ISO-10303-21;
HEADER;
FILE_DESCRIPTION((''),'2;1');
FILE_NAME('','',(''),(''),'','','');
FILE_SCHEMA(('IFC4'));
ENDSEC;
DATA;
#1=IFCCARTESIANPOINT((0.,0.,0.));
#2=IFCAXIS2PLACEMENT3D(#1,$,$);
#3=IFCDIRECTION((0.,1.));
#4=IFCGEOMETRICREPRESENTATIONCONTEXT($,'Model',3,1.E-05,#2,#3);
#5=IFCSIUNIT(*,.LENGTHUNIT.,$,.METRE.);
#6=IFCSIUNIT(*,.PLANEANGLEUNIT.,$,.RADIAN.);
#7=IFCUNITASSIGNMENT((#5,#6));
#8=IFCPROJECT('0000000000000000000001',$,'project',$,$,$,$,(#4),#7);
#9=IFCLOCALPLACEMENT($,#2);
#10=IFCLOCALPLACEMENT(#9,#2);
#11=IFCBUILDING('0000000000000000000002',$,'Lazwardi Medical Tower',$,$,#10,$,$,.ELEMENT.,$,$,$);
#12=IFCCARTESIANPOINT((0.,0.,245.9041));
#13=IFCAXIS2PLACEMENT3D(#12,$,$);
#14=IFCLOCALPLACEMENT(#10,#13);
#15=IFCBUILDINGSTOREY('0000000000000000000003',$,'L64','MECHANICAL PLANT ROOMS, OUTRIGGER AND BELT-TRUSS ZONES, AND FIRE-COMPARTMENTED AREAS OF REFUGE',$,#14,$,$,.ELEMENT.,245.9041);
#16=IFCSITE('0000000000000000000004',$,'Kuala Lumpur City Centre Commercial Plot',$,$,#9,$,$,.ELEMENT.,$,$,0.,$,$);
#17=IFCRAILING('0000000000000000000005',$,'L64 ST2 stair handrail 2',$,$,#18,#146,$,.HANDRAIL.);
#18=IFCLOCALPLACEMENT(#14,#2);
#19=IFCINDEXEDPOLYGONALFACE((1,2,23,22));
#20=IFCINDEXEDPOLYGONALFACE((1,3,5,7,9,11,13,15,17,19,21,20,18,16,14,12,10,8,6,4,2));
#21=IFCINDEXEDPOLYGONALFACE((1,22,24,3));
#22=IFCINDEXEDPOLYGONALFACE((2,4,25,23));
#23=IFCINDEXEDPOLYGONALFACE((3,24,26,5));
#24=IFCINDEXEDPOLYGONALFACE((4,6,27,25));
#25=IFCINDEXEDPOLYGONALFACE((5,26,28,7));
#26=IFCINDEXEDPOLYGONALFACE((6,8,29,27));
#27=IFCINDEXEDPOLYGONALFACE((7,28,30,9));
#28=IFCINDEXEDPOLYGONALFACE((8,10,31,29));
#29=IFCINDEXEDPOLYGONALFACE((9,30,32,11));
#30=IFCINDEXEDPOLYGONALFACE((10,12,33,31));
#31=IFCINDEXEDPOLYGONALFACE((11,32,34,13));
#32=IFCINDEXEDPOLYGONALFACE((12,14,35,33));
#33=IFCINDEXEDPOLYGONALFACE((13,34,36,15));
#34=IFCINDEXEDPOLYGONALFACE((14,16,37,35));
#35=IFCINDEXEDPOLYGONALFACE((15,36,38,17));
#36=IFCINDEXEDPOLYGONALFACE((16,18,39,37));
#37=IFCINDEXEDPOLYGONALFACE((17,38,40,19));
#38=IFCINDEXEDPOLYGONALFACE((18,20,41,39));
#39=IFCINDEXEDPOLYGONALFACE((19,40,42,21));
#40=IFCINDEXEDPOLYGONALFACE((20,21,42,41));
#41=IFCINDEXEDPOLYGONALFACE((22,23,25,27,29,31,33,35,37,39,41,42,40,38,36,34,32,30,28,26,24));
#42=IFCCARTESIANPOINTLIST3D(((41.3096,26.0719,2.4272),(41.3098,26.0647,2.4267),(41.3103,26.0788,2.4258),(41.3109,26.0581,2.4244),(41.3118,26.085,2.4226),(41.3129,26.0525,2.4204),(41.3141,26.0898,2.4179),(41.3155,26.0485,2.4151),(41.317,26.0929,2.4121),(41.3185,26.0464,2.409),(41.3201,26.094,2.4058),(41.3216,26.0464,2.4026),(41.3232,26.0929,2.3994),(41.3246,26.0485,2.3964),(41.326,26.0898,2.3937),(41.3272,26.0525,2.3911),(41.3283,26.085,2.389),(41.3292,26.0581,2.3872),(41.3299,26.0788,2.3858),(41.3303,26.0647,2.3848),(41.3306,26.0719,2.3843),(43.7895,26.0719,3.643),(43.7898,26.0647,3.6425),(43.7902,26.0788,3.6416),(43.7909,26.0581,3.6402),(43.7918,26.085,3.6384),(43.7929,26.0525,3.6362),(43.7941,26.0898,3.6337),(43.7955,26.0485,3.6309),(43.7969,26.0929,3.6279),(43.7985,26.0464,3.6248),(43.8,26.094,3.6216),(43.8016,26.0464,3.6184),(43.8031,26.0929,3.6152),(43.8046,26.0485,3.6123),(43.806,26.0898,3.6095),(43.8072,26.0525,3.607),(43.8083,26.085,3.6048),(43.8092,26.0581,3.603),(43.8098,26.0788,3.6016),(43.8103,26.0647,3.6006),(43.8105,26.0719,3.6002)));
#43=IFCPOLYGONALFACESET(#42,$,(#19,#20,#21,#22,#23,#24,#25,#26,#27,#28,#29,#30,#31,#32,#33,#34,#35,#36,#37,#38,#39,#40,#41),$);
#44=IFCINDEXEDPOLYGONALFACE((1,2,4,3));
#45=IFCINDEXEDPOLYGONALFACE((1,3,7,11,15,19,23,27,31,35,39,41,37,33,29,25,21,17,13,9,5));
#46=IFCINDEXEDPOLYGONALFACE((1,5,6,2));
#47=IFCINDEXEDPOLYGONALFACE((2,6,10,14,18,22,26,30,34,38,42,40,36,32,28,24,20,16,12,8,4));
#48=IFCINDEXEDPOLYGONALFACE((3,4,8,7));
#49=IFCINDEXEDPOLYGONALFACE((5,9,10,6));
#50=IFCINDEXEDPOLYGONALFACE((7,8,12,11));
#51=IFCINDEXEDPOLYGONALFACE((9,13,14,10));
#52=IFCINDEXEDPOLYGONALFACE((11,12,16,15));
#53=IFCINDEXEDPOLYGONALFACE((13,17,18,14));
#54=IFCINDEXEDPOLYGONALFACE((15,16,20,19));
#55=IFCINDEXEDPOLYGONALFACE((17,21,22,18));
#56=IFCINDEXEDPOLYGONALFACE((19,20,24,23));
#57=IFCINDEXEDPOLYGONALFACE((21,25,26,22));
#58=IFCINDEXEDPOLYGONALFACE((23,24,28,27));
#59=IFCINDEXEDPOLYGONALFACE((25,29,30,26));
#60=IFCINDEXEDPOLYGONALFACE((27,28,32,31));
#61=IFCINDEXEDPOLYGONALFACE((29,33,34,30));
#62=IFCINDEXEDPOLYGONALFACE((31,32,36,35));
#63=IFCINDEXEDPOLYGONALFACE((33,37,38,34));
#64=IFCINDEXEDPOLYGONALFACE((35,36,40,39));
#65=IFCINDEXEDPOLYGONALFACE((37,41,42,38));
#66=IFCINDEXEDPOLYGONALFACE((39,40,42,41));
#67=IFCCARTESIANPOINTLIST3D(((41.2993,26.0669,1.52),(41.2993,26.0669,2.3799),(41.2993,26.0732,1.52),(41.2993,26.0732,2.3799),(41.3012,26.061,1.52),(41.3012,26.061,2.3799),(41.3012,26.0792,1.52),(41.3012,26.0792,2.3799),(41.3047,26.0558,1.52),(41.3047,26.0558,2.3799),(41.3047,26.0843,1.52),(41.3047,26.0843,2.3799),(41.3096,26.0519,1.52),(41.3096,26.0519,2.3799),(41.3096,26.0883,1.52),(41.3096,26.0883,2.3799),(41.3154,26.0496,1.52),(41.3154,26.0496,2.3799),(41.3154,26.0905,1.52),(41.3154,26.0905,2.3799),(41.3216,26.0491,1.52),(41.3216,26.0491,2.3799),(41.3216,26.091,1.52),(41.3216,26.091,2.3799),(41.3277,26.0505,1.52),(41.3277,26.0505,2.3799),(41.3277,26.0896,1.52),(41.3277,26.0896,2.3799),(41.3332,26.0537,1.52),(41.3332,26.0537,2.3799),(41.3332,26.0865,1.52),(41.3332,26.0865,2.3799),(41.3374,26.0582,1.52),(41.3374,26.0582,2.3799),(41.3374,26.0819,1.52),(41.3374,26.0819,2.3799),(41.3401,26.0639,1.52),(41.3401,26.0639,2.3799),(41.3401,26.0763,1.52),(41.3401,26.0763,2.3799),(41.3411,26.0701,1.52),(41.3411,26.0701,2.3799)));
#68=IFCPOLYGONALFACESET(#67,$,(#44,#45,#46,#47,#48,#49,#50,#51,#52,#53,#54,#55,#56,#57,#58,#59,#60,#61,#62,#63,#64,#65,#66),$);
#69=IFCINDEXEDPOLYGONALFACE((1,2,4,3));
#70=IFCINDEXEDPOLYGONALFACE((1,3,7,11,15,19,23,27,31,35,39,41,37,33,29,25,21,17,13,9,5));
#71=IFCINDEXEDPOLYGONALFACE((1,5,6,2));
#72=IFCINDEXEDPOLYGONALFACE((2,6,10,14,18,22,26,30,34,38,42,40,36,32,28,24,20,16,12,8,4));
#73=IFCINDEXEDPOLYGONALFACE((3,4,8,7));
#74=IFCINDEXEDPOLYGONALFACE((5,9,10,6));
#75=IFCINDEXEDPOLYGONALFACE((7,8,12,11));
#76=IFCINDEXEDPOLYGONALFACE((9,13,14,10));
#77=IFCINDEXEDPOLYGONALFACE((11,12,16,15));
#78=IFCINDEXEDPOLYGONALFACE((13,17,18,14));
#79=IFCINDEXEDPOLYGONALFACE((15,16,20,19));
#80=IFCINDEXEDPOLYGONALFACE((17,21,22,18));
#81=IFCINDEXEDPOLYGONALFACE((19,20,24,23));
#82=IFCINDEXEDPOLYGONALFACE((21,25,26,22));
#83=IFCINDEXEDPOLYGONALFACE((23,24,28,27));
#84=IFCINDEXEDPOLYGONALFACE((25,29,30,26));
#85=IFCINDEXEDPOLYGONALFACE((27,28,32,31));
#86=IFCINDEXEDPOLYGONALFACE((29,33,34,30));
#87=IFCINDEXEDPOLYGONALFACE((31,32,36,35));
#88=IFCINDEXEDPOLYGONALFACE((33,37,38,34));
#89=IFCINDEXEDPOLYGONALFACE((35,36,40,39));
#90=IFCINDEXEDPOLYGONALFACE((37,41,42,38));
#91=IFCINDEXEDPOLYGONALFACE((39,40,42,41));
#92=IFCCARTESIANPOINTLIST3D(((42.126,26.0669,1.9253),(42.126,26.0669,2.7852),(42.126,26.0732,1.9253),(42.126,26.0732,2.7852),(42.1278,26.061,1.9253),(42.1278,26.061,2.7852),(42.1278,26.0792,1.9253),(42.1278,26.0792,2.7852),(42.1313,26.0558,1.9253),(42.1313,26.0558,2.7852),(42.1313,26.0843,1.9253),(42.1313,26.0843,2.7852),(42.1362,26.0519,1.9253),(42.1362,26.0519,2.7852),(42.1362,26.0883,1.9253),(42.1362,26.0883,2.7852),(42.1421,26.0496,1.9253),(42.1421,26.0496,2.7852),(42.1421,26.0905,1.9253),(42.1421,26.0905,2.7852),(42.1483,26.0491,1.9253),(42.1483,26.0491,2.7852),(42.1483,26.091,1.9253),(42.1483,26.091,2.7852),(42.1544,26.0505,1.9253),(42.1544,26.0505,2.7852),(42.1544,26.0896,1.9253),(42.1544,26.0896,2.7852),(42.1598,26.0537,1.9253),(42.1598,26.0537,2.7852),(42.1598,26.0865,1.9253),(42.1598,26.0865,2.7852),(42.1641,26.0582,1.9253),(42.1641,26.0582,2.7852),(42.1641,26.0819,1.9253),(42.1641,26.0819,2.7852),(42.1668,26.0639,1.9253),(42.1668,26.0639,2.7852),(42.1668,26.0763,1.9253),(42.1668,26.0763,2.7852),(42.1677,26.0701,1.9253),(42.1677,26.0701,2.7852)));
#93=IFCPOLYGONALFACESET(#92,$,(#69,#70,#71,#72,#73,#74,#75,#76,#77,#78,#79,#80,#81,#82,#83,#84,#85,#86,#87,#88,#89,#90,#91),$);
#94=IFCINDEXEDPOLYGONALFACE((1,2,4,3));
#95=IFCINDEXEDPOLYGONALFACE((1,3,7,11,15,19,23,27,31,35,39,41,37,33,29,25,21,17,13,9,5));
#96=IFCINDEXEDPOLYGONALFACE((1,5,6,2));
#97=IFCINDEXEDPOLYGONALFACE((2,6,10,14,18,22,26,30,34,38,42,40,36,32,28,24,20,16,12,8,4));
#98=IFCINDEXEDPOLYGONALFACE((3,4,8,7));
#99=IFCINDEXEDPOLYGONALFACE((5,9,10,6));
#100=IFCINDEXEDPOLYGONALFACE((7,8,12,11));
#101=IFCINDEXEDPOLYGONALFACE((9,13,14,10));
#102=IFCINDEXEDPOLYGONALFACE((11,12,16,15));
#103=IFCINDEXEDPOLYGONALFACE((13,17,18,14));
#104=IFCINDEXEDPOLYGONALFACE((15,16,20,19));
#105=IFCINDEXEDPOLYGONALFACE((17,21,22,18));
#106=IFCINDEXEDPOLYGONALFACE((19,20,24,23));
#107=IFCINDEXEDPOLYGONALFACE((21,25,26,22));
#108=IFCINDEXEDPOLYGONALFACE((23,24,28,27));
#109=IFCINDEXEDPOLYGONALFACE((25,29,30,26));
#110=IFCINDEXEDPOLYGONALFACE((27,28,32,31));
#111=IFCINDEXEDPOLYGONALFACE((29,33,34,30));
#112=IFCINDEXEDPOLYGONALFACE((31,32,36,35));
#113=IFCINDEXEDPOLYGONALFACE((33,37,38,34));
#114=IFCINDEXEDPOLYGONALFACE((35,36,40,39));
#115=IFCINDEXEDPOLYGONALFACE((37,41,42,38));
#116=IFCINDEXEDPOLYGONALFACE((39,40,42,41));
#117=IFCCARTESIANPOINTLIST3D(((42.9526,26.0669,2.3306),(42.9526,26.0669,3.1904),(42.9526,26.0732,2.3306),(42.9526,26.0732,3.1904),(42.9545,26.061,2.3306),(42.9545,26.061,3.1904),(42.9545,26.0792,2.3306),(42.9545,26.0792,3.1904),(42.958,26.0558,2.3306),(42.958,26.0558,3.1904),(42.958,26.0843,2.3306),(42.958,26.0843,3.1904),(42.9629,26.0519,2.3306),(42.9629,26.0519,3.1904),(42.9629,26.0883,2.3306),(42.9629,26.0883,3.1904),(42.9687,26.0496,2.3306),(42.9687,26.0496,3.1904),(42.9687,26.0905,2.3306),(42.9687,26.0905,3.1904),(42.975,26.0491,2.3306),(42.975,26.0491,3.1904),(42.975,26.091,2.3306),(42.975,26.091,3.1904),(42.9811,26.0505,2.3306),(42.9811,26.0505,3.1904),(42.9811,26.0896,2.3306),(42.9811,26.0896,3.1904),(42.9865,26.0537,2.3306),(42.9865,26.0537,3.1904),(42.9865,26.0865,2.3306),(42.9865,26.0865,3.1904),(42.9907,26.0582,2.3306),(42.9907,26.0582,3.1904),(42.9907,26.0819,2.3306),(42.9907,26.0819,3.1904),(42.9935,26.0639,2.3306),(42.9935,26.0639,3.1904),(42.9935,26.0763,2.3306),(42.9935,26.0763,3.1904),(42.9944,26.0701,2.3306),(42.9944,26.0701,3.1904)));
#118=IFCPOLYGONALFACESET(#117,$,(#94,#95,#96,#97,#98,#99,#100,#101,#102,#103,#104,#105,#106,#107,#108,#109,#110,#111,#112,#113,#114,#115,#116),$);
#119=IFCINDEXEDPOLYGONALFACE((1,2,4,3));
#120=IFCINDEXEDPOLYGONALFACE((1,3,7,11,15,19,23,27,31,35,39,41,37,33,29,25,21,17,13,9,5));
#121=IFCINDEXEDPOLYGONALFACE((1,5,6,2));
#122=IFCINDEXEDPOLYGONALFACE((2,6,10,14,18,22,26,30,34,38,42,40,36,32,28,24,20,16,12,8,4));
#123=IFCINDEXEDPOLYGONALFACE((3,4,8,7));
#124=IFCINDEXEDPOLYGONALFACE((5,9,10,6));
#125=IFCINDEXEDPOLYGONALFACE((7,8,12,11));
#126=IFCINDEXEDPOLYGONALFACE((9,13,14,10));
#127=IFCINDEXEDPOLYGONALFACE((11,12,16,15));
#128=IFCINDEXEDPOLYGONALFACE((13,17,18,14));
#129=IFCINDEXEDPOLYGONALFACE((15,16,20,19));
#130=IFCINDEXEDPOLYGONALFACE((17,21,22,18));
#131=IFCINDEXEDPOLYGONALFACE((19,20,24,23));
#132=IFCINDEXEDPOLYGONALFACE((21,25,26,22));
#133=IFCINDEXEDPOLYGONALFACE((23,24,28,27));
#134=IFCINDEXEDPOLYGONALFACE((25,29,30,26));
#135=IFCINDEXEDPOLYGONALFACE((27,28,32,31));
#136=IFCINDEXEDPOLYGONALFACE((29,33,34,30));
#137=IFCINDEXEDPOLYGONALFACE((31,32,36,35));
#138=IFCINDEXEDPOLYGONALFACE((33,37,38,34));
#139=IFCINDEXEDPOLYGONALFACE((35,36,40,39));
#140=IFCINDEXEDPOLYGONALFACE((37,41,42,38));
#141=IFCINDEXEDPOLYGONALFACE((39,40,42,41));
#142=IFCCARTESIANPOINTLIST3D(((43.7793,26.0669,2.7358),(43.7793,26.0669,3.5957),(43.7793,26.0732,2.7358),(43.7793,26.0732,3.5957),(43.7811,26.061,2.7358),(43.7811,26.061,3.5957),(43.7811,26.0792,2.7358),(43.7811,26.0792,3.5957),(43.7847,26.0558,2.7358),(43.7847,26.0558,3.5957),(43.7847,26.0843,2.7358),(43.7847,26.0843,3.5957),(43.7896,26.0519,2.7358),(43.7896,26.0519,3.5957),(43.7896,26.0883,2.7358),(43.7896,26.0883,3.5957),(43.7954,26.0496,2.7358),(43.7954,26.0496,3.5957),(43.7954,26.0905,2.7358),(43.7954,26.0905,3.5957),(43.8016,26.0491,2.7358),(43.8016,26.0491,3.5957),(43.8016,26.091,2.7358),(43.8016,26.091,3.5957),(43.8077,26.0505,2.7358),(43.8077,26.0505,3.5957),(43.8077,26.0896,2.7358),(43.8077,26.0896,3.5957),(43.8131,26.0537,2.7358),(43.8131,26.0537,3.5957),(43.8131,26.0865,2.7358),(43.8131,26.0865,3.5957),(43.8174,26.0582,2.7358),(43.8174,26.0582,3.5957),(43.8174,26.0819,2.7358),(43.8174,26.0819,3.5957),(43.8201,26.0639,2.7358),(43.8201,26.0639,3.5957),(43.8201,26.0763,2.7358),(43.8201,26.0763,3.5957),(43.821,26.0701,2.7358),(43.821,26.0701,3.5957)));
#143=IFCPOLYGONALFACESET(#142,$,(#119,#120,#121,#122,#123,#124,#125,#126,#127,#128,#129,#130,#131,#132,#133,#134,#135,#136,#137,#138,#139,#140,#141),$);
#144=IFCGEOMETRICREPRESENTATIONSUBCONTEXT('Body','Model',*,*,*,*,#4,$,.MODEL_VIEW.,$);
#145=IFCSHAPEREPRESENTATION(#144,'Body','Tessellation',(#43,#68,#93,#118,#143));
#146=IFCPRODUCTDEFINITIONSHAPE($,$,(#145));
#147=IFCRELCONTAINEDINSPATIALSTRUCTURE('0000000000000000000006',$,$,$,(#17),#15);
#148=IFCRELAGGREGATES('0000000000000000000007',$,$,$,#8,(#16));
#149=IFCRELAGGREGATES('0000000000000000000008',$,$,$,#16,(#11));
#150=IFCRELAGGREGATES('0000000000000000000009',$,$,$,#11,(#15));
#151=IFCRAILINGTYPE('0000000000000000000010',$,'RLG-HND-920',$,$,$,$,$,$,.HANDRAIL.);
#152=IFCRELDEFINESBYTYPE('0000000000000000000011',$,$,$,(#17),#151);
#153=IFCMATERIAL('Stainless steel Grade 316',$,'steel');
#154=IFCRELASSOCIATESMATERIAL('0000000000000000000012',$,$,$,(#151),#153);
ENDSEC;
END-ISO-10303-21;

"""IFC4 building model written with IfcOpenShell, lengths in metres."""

from ifc_helpers import new_model, si_unit, direction, frame, origin, origin_2d, place, context, subcontext, project, spatial, circle, extrude, material, type_object, element, save


model = new_model("IFC4")

# Units and contexts
model_context = context("Model", 3, precision=1e-05, world=origin(), true_north=direction((0.0, 1.0)))
body_context = subcontext(model_context, "Body", "Model", "MODEL_VIEW")
ifc_project = project(units=[si_unit("LENGTHUNIT", "METRE"), si_unit("PLANEANGLEUNIT", "RADIAN")], contexts=[model_context])

# Site, building, storey
site_placement = place(None, origin())
site = spatial("IfcSite", under=ifc_project, at=site_placement, Name="Kuala Lumpur City Centre Commercial Plot", CompositionType="ELEMENT", RefElevation=0.0)
building_placement = place(site_placement, origin())
building = spatial("IfcBuilding", under=site, at=building_placement, Name="Lazwardi Medical Tower", CompositionType="ELEMENT")
storey_placement = place(building_placement, frame((0.0, 0.0, 245.9041)))
storey = spatial("IfcBuildingStorey", under=building, at=storey_placement, Name="L64", Description="MECHANICAL PLANT ROOMS, OUTRIGGER AND BELT-TRUSS ZONES, AND FIRE-COMPARTMENTED AREAS OF REFUGE", CompositionType="ELEMENT", Elevation=245.9041)

# Railing
ifc_material_1 = material(Name="Stainless steel Grade 316", Category="steel")
railing_type_1 = type_object("IfcRailingType", Name="RLG-HND-920", PredefinedType="HANDRAIL", material=ifc_material_1)
railing_1_placement = place(storey_placement, frame((41.3201, 26.0701, 1.52)))
element("IfcRailing", 1, at=railing_1_placement, inside=storey, type_object=railing_type_1, Name="L64 ST2 stair handrail 2", PredefinedType="HANDRAIL", context=body_context, shape_type="SweptSolid", body=[
    extrude(circle(Radius=0.0239, at=origin_2d()), frame((0.0, 0.0, 0.8857), z_axis=(0.8979, 0.0, 0.440199), x_axis=(0.0, 1.0, 0.0)), (0.0, 0.0, 1.0), 2.762),
    extrude(circle(Radius=0.021, at=origin_2d()), origin(), (0.0, 0.0, 1.0), 0.8599),
    extrude(circle(Radius=0.021, at=origin_2d()), frame((0.8267, 0.0, 0.4053)), (0.0, 0.0, 1.0), 0.8599),
    extrude(circle(Radius=0.021, at=origin_2d()), frame((1.6533, 0.0, 0.8105)), (0.0, 0.0, 1.0), 0.8599),
    extrude(circle(Radius=0.021, at=origin_2d()), frame((2.48, 0.0, 1.2158)), (0.0, 0.0, 1.0), 0.8599),
])

save(model, "model.ifc")
